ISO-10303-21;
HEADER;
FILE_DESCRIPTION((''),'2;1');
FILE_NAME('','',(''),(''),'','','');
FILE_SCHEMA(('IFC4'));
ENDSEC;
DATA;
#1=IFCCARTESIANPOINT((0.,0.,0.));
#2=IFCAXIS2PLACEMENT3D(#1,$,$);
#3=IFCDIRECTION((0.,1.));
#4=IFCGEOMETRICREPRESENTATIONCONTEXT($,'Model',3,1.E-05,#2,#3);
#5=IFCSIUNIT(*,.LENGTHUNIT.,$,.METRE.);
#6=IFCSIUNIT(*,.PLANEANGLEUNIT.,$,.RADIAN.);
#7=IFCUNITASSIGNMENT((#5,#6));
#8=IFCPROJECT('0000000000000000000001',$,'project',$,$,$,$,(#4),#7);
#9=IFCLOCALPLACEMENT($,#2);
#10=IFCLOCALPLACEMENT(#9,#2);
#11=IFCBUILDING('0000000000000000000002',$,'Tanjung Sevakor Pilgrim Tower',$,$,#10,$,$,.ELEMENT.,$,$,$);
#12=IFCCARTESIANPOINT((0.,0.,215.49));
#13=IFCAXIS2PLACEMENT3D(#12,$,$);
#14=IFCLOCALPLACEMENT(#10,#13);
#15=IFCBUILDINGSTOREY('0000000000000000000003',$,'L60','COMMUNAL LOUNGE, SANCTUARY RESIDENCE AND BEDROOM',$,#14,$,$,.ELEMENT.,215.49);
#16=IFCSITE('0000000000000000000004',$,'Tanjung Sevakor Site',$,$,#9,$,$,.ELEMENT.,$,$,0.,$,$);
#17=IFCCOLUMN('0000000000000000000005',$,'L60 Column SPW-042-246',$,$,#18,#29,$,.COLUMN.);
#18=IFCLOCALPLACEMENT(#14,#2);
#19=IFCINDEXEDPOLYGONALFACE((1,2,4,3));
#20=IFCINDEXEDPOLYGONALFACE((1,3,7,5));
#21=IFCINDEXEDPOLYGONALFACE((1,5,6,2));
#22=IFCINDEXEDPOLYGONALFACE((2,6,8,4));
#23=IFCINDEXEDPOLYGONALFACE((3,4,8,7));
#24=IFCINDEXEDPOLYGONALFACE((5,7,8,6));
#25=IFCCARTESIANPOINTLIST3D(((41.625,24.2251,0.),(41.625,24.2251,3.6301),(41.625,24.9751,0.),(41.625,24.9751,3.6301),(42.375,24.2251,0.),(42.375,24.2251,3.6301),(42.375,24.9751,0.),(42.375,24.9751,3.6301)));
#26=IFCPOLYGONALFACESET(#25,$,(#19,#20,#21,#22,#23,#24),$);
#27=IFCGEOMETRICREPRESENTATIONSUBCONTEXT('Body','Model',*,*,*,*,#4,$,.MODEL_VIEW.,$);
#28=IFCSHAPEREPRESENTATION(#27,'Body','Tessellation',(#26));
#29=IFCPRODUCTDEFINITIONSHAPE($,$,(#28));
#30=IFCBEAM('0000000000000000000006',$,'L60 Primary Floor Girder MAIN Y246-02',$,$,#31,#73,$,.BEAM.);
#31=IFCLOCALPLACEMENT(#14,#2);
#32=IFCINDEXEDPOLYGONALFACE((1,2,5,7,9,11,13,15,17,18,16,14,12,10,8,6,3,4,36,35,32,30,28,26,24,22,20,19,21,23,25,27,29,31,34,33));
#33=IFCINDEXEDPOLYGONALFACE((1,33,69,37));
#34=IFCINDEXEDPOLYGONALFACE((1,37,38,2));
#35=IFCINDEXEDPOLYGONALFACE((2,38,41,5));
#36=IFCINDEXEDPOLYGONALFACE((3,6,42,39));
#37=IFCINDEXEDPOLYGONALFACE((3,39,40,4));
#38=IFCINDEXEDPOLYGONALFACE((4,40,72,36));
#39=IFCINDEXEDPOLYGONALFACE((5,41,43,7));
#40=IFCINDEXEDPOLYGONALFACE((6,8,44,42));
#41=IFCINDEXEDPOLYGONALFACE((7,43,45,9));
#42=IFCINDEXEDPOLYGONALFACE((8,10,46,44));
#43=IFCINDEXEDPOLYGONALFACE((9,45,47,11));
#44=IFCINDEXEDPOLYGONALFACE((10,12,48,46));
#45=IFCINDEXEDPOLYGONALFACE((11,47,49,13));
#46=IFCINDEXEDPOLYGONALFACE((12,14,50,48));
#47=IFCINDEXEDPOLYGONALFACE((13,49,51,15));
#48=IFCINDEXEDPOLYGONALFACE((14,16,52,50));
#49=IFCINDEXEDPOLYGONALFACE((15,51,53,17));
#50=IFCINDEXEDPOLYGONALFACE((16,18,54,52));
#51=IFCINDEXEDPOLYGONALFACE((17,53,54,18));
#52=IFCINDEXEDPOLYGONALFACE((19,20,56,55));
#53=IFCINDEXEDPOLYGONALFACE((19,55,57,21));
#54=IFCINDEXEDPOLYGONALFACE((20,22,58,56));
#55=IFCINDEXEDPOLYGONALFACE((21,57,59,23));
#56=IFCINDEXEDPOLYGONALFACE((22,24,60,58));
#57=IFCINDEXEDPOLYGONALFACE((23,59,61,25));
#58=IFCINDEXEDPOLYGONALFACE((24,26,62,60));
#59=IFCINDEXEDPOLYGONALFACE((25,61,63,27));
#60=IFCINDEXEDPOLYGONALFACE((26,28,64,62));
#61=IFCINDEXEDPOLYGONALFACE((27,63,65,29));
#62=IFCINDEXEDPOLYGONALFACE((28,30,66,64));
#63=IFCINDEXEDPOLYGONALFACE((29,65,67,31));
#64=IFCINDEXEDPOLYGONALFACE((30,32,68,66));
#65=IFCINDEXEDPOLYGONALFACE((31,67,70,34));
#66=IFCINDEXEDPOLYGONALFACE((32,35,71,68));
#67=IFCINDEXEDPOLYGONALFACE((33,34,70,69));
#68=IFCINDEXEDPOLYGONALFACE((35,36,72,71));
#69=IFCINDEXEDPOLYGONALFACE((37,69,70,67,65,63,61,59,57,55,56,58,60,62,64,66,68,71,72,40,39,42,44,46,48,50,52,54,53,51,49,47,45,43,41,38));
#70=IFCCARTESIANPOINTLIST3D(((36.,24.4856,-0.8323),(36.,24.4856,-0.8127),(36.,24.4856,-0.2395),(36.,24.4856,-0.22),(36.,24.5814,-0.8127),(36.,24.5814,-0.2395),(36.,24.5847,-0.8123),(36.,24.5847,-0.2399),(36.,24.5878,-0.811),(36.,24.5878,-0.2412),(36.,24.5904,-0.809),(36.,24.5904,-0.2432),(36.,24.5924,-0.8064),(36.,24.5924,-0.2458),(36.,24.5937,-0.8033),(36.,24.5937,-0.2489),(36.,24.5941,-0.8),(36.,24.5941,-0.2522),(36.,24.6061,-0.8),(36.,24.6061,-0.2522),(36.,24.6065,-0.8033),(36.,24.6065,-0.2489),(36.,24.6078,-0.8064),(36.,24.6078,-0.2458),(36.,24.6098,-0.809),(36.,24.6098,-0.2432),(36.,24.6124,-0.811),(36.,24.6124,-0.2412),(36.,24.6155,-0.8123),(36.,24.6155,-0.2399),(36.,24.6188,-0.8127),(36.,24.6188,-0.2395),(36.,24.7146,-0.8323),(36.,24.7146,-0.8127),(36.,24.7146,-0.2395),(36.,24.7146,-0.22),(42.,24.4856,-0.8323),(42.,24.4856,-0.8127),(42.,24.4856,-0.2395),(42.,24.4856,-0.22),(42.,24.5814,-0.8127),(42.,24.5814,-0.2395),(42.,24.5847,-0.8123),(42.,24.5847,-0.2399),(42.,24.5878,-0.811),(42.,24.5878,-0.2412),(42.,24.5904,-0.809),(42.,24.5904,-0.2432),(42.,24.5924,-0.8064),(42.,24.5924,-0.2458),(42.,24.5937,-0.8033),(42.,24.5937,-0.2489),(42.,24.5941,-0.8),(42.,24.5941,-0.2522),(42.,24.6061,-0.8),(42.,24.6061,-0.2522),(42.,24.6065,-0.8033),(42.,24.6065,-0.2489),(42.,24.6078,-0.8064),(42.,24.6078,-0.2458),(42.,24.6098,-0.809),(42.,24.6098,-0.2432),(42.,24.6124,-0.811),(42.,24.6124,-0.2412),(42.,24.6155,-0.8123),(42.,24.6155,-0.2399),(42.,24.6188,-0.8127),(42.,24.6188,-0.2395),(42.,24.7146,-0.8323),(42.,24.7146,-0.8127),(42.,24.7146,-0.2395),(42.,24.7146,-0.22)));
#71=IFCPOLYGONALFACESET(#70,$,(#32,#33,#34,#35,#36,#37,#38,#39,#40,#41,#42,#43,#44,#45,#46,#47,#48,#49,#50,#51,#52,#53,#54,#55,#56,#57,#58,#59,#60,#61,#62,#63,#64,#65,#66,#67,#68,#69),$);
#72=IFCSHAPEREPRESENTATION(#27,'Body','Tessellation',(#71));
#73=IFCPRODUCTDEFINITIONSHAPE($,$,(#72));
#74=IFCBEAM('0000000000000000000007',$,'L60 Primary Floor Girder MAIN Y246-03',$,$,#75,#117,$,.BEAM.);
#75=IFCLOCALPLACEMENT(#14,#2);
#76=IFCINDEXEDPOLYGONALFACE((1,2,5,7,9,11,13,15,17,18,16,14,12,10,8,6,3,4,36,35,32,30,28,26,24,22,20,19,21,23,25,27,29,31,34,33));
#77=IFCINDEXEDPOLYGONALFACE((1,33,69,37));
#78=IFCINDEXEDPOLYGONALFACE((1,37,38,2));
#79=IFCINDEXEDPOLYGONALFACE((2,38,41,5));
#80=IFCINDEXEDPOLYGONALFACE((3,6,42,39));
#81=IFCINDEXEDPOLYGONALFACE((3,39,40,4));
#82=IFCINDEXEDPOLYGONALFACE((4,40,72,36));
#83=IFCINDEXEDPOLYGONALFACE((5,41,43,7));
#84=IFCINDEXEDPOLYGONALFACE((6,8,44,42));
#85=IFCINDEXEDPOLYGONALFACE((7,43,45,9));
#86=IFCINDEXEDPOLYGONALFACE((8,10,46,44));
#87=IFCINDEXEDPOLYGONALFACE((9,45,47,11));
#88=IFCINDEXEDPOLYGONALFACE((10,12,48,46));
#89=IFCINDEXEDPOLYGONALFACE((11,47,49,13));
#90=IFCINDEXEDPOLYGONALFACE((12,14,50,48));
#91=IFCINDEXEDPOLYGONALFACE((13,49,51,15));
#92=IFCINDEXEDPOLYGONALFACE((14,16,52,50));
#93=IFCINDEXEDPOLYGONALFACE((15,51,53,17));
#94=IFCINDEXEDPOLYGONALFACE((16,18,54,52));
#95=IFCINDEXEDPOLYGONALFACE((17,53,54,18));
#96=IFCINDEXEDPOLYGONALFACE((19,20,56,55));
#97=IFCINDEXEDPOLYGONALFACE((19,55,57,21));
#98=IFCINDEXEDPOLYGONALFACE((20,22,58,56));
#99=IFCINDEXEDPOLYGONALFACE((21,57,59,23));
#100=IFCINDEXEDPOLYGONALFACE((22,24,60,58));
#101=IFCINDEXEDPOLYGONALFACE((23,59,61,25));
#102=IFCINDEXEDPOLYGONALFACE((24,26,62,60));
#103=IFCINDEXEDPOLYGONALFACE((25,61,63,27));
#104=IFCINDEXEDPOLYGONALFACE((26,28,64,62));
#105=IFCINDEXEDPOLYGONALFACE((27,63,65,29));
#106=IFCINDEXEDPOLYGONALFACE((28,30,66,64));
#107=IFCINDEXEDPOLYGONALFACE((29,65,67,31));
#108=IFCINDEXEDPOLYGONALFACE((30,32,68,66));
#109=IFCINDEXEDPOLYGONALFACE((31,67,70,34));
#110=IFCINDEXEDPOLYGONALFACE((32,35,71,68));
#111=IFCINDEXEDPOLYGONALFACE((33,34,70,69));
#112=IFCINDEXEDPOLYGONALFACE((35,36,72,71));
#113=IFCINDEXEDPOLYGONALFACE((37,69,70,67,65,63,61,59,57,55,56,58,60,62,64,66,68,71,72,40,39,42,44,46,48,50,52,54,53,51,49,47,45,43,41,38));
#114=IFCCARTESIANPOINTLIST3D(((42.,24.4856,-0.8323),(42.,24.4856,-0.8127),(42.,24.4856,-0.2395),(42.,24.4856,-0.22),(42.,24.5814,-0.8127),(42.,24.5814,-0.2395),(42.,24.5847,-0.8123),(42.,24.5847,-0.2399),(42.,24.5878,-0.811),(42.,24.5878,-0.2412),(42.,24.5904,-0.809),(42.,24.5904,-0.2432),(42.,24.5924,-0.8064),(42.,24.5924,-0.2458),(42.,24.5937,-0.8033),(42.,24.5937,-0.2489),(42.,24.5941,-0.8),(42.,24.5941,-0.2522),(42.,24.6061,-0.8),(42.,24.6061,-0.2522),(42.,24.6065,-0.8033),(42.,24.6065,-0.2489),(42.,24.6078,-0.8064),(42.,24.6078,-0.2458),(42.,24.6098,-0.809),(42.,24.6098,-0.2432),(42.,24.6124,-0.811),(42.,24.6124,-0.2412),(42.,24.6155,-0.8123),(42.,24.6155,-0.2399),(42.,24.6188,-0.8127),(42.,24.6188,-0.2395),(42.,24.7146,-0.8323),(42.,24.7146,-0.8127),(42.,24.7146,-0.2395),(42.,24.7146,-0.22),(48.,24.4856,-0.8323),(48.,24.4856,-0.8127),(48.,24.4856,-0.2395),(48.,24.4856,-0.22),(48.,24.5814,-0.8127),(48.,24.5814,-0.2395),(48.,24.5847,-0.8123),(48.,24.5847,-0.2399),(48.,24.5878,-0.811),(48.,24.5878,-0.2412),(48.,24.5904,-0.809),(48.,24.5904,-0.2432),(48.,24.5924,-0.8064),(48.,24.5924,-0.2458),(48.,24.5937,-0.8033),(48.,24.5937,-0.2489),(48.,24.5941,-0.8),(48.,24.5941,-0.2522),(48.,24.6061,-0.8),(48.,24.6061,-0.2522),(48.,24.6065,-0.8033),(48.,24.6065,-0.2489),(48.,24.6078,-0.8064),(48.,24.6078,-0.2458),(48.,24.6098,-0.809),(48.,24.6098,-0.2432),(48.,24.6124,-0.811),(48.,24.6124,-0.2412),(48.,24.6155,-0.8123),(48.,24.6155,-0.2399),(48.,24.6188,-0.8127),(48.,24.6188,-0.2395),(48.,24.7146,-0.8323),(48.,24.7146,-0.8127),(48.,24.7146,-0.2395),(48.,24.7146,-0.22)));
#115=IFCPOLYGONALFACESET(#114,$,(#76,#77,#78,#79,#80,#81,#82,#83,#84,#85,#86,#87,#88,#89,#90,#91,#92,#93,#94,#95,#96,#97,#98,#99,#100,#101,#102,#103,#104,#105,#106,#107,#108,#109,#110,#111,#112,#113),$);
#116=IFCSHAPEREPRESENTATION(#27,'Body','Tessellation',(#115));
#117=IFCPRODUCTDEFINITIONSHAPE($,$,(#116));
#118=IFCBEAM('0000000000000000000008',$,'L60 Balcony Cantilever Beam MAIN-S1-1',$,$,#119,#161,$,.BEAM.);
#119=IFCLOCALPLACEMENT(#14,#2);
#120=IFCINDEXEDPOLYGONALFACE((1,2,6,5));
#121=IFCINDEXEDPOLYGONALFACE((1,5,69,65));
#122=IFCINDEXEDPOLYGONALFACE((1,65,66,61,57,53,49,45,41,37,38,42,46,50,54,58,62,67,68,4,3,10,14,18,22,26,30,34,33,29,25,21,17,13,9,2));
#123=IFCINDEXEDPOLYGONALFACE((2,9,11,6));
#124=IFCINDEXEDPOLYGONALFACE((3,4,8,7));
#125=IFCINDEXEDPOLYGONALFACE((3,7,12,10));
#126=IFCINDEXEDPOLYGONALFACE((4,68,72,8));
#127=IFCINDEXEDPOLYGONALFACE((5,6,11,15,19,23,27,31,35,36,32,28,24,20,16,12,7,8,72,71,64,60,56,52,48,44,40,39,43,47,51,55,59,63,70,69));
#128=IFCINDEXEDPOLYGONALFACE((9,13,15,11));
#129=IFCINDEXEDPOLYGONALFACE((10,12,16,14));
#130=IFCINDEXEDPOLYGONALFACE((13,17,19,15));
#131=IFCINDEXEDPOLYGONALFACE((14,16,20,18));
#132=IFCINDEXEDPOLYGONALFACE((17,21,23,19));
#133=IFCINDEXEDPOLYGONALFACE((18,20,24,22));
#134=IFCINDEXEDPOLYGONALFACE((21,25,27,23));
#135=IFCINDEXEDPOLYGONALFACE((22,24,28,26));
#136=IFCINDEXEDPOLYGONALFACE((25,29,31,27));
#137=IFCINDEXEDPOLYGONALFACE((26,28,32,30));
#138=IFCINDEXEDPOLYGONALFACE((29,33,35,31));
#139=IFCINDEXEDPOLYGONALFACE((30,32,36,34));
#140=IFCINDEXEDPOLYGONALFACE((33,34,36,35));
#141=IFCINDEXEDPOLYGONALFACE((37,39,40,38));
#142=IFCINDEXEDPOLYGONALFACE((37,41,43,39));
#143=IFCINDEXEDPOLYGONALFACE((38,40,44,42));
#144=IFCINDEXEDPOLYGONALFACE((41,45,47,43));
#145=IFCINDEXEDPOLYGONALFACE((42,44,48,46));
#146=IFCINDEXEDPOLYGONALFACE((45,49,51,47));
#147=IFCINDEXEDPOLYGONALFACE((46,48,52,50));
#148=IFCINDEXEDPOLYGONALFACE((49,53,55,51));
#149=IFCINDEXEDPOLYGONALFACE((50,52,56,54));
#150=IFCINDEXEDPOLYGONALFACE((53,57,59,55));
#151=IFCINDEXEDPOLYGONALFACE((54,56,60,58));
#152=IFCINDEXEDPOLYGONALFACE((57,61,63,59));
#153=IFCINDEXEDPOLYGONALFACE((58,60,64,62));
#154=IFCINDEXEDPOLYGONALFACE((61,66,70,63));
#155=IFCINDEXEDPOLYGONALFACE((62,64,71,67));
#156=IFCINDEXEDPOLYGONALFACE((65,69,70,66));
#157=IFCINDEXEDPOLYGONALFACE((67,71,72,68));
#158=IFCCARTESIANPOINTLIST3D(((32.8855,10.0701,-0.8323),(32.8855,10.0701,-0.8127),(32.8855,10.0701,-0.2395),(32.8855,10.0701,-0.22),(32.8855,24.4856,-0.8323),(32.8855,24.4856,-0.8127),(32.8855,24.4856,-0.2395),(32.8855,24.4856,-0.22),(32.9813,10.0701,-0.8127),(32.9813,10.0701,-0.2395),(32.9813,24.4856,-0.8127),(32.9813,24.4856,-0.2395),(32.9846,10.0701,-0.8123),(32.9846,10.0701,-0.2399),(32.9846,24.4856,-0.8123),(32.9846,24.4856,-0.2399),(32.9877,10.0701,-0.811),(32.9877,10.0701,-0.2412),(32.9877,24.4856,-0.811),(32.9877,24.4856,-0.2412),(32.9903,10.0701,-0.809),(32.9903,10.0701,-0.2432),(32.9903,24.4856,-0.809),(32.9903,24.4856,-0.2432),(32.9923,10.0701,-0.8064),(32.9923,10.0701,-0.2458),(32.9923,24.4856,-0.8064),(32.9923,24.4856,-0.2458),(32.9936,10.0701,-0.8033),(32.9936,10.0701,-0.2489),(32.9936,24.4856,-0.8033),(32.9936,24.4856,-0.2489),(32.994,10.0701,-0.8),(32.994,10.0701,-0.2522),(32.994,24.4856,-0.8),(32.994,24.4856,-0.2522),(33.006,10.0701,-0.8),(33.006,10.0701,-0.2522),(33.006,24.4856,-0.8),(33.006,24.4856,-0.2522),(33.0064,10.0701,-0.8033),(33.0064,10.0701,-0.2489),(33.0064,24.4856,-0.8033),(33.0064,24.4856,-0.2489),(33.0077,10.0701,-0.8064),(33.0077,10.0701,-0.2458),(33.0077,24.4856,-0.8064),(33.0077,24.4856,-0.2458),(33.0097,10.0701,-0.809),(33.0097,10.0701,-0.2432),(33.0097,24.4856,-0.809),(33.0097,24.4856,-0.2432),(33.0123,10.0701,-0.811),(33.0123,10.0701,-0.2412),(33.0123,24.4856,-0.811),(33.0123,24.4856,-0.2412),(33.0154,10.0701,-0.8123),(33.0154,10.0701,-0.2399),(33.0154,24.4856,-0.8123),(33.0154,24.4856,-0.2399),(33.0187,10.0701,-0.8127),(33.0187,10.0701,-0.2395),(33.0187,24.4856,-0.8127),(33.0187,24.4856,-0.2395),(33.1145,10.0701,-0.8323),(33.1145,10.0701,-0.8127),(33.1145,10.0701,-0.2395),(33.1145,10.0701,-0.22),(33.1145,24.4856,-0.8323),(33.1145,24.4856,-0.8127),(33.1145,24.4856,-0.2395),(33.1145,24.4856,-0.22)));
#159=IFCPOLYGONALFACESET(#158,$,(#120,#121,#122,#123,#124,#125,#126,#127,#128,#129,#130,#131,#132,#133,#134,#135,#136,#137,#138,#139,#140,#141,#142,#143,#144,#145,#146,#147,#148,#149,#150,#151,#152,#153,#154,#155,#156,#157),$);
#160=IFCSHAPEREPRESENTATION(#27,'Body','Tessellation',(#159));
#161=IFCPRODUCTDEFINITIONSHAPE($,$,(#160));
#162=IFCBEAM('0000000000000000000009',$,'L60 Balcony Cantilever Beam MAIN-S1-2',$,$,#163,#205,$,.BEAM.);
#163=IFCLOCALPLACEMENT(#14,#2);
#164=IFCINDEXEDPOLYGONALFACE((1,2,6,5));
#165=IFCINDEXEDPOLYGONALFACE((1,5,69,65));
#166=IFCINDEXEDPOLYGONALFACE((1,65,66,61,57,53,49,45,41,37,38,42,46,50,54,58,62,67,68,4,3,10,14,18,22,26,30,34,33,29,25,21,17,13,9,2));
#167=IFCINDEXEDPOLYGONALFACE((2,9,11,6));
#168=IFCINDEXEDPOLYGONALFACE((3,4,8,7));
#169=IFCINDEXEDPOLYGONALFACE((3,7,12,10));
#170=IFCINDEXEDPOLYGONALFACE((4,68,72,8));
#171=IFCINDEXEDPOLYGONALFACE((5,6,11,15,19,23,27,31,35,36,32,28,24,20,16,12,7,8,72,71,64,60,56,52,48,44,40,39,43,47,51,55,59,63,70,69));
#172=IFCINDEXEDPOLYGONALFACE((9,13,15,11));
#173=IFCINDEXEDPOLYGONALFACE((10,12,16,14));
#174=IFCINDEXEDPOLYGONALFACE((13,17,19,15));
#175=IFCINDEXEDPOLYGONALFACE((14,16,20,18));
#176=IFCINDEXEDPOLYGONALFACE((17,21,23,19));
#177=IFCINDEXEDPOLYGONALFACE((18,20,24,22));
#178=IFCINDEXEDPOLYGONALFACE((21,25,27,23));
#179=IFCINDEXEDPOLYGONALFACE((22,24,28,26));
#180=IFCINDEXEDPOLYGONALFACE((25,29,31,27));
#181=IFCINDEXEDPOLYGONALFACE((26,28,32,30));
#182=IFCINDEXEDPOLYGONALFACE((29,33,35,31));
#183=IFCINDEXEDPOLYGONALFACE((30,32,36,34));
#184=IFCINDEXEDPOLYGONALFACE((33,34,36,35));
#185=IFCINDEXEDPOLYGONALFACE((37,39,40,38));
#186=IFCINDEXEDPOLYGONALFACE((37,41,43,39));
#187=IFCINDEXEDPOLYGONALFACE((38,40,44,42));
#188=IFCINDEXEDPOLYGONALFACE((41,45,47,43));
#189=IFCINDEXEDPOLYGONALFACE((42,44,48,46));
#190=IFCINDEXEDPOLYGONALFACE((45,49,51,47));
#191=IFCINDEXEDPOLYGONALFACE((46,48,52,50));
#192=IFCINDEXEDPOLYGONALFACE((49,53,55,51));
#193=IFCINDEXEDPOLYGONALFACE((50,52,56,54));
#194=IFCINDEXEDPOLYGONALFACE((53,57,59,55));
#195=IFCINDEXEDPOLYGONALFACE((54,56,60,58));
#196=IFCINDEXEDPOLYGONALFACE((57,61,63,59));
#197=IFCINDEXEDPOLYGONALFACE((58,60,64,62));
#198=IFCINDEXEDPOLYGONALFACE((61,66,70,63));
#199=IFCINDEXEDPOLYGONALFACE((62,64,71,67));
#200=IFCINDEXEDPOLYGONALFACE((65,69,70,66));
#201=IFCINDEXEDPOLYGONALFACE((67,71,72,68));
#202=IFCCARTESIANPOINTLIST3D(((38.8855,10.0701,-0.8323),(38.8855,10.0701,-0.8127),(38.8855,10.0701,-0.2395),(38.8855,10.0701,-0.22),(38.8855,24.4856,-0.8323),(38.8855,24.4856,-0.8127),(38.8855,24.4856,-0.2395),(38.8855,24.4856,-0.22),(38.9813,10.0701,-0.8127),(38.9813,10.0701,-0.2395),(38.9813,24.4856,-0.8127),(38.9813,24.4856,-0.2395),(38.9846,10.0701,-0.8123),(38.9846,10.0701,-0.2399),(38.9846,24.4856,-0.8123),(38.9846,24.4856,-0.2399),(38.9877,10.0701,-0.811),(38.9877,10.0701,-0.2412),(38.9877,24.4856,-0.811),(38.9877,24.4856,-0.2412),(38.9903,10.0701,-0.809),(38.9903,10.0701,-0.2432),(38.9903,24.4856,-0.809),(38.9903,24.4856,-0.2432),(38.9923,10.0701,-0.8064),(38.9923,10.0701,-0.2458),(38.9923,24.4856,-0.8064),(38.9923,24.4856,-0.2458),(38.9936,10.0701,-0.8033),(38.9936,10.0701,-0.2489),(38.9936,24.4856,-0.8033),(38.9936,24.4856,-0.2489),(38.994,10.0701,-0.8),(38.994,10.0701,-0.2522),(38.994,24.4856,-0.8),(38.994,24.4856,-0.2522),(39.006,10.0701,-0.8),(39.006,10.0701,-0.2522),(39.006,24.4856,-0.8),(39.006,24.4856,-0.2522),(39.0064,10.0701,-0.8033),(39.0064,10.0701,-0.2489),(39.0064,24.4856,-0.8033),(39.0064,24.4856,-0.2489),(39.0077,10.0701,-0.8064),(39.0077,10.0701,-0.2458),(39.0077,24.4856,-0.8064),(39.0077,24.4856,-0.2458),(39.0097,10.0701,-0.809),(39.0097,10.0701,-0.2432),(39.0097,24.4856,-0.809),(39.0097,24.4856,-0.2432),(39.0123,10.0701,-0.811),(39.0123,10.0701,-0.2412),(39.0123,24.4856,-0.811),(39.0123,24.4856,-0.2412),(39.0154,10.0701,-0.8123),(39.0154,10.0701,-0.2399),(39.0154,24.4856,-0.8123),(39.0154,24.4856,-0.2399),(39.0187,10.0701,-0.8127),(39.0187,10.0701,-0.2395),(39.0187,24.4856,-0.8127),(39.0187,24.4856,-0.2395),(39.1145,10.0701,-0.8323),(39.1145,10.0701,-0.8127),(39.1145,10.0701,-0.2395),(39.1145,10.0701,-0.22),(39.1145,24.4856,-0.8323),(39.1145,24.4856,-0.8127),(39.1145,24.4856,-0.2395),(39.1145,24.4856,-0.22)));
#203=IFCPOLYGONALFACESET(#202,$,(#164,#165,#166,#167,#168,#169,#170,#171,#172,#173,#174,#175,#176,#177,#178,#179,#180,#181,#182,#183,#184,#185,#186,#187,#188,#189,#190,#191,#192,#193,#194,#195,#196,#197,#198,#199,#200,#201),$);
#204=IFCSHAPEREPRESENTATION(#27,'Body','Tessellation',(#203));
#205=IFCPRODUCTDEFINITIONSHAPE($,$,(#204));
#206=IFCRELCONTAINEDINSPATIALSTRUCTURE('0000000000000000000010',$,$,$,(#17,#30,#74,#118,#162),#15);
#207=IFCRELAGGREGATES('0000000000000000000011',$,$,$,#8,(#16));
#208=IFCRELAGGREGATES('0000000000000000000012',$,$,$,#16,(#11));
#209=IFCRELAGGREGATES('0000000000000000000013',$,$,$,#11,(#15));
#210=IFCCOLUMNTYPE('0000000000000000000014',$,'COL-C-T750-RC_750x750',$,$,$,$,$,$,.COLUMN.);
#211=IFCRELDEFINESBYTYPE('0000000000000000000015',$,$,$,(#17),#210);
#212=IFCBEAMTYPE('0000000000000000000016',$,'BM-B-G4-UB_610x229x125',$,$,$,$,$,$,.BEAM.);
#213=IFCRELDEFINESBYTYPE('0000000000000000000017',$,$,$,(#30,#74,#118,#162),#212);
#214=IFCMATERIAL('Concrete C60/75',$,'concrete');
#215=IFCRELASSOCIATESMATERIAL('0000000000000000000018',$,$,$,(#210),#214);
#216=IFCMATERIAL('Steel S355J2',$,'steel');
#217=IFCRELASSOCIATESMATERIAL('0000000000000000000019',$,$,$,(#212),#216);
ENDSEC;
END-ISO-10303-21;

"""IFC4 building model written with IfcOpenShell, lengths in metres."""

from ifc_helpers import new_model, si_unit, direction, frame, origin, origin_2d, place, context, subcontext, project, spatial, rectangle, i_section, extrude, material, material_profile, profile_set, type_object, element, save


model = new_model("IFC4")

# Units and contexts
model_context = context("Model", 3, precision=1e-05, world=origin(), true_north=direction((0.0, 1.0)))
body_context = subcontext(model_context, "Body", "Model", "MODEL_VIEW")
ifc_project = project(units=[si_unit("LENGTHUNIT", "METRE"), si_unit("PLANEANGLEUNIT", "RADIAN")], contexts=[model_context])

# Site, building, storey
site_placement = place(None, origin())
site = spatial("IfcSite", under=ifc_project, at=site_placement, Name="Tanjung Sevakor Site", CompositionType="ELEMENT", RefElevation=0.0)
building_placement = place(site_placement, origin())
building = spatial("IfcBuilding", under=site, at=building_placement, Name="Tanjung Sevakor Pilgrim Tower", CompositionType="ELEMENT")
storey_placement = place(building_placement, frame((0.0, 0.0, 215.49)))
storey = spatial("IfcBuildingStorey", under=building, at=storey_placement, Name="L60", Description="COMMUNAL LOUNGE, SANCTUARY RESIDENCE AND BEDROOM", CompositionType="ELEMENT", Elevation=215.49)

# Column
ifc_material_1 = material(Name="Concrete C60/75", Category="concrete")
ifc_material_profile_1 = material_profile(ifc_material_1, rectangle(XDim=0.75, YDim=0.75, at=origin_2d()))
ifc_profile_set_1 = profile_set([ifc_material_profile_1], Name="Concrete C60/75")
column_type = type_object("IfcColumnType", Name="COL-C-T750-RC_750x750", PredefinedType="COLUMN", material=ifc_profile_set_1)
column_placement = place(storey_placement, frame((42.0, 24.6001, 0.0), z_axis=(0.0, 0.0, 1.0), x_axis=(1.0, 0.0, 0.0)))
element("IfcColumn", 1, at=column_placement, inside=storey, type_object=column_type, Name="L60 Column SPW-042-246", PredefinedType="COLUMN", context=body_context, shape_type="SweptSolid", body=[
    extrude(rectangle(XDim=0.75, YDim=0.75, at=origin_2d()), origin(), (0.0, 0.0, 1.0), 3.6301),
])

# Beams
ifc_material_2 = material(Name="Steel S355J2", Category="steel")
ifc_material_profile_2 = material_profile(ifc_material_2, i_section(OverallWidth=0.229, OverallDepth=0.6123, WebThickness=0.012, FlangeThickness=0.0195, FilletRadius=0.0127, at=origin_2d()))
ifc_profile_set_2 = profile_set([ifc_material_profile_2], Name="Steel S355J2")
beam_type = type_object("IfcBeamType", Name="BM-B-G4-UB_610x229x125", PredefinedType="BEAM", material=ifc_profile_set_2)
for number, where, z_axis, x_axis, name in (
    (2, (36.0, 24.6001, -0.5261), (1.0, 0.0, 0.0), (0.0, 1.0, 0.0), "L60 Primary Floor Girder MAIN Y246-02"),
    (3, (42.0, 24.6001, -0.5261), (1.0, 0.0, 0.0), (0.0, 1.0, 0.0), "L60 Primary Floor Girder MAIN Y246-03"),
):
    element("IfcBeam", number, at=place(storey_placement, frame(where, z_axis=z_axis, x_axis=x_axis)), inside=storey, type_object=beam_type, Name=name, PredefinedType="BEAM", context=body_context, shape_type="SweptSolid", body=[
        extrude(i_section(OverallWidth=0.229, OverallDepth=0.6123, WebThickness=0.012, FlangeThickness=0.0195, FilletRadius=0.0127, at=origin_2d()), origin(), (0.0, 0.0, 1.0), 6.0),
    ])
for number, where, z_axis, x_axis, name in (
    (4, (33.0, 24.4856, -0.5261), (0.0, -1.0, 0.0), (1.0, 0.0, 0.0), "L60 Balcony Cantilever Beam MAIN-S1-1"),
    (5, (39.0, 24.4856, -0.5261), (0.0, -1.0, 0.0), (1.0, 0.0, 0.0), "L60 Balcony Cantilever Beam MAIN-S1-2"),
):
    element("IfcBeam", number, at=place(storey_placement, frame(where, z_axis=z_axis, x_axis=x_axis)), inside=storey, type_object=beam_type, Name=name, PredefinedType="BEAM", context=body_context, shape_type="SweptSolid", body=[
        extrude(i_section(OverallWidth=0.229, OverallDepth=0.6123, WebThickness=0.012, FlangeThickness=0.0195, FilletRadius=0.0127, at=origin_2d()), origin(), (0.0, 0.0, 1.0), 14.4155),
    ])

save(model, "model.ifc")
